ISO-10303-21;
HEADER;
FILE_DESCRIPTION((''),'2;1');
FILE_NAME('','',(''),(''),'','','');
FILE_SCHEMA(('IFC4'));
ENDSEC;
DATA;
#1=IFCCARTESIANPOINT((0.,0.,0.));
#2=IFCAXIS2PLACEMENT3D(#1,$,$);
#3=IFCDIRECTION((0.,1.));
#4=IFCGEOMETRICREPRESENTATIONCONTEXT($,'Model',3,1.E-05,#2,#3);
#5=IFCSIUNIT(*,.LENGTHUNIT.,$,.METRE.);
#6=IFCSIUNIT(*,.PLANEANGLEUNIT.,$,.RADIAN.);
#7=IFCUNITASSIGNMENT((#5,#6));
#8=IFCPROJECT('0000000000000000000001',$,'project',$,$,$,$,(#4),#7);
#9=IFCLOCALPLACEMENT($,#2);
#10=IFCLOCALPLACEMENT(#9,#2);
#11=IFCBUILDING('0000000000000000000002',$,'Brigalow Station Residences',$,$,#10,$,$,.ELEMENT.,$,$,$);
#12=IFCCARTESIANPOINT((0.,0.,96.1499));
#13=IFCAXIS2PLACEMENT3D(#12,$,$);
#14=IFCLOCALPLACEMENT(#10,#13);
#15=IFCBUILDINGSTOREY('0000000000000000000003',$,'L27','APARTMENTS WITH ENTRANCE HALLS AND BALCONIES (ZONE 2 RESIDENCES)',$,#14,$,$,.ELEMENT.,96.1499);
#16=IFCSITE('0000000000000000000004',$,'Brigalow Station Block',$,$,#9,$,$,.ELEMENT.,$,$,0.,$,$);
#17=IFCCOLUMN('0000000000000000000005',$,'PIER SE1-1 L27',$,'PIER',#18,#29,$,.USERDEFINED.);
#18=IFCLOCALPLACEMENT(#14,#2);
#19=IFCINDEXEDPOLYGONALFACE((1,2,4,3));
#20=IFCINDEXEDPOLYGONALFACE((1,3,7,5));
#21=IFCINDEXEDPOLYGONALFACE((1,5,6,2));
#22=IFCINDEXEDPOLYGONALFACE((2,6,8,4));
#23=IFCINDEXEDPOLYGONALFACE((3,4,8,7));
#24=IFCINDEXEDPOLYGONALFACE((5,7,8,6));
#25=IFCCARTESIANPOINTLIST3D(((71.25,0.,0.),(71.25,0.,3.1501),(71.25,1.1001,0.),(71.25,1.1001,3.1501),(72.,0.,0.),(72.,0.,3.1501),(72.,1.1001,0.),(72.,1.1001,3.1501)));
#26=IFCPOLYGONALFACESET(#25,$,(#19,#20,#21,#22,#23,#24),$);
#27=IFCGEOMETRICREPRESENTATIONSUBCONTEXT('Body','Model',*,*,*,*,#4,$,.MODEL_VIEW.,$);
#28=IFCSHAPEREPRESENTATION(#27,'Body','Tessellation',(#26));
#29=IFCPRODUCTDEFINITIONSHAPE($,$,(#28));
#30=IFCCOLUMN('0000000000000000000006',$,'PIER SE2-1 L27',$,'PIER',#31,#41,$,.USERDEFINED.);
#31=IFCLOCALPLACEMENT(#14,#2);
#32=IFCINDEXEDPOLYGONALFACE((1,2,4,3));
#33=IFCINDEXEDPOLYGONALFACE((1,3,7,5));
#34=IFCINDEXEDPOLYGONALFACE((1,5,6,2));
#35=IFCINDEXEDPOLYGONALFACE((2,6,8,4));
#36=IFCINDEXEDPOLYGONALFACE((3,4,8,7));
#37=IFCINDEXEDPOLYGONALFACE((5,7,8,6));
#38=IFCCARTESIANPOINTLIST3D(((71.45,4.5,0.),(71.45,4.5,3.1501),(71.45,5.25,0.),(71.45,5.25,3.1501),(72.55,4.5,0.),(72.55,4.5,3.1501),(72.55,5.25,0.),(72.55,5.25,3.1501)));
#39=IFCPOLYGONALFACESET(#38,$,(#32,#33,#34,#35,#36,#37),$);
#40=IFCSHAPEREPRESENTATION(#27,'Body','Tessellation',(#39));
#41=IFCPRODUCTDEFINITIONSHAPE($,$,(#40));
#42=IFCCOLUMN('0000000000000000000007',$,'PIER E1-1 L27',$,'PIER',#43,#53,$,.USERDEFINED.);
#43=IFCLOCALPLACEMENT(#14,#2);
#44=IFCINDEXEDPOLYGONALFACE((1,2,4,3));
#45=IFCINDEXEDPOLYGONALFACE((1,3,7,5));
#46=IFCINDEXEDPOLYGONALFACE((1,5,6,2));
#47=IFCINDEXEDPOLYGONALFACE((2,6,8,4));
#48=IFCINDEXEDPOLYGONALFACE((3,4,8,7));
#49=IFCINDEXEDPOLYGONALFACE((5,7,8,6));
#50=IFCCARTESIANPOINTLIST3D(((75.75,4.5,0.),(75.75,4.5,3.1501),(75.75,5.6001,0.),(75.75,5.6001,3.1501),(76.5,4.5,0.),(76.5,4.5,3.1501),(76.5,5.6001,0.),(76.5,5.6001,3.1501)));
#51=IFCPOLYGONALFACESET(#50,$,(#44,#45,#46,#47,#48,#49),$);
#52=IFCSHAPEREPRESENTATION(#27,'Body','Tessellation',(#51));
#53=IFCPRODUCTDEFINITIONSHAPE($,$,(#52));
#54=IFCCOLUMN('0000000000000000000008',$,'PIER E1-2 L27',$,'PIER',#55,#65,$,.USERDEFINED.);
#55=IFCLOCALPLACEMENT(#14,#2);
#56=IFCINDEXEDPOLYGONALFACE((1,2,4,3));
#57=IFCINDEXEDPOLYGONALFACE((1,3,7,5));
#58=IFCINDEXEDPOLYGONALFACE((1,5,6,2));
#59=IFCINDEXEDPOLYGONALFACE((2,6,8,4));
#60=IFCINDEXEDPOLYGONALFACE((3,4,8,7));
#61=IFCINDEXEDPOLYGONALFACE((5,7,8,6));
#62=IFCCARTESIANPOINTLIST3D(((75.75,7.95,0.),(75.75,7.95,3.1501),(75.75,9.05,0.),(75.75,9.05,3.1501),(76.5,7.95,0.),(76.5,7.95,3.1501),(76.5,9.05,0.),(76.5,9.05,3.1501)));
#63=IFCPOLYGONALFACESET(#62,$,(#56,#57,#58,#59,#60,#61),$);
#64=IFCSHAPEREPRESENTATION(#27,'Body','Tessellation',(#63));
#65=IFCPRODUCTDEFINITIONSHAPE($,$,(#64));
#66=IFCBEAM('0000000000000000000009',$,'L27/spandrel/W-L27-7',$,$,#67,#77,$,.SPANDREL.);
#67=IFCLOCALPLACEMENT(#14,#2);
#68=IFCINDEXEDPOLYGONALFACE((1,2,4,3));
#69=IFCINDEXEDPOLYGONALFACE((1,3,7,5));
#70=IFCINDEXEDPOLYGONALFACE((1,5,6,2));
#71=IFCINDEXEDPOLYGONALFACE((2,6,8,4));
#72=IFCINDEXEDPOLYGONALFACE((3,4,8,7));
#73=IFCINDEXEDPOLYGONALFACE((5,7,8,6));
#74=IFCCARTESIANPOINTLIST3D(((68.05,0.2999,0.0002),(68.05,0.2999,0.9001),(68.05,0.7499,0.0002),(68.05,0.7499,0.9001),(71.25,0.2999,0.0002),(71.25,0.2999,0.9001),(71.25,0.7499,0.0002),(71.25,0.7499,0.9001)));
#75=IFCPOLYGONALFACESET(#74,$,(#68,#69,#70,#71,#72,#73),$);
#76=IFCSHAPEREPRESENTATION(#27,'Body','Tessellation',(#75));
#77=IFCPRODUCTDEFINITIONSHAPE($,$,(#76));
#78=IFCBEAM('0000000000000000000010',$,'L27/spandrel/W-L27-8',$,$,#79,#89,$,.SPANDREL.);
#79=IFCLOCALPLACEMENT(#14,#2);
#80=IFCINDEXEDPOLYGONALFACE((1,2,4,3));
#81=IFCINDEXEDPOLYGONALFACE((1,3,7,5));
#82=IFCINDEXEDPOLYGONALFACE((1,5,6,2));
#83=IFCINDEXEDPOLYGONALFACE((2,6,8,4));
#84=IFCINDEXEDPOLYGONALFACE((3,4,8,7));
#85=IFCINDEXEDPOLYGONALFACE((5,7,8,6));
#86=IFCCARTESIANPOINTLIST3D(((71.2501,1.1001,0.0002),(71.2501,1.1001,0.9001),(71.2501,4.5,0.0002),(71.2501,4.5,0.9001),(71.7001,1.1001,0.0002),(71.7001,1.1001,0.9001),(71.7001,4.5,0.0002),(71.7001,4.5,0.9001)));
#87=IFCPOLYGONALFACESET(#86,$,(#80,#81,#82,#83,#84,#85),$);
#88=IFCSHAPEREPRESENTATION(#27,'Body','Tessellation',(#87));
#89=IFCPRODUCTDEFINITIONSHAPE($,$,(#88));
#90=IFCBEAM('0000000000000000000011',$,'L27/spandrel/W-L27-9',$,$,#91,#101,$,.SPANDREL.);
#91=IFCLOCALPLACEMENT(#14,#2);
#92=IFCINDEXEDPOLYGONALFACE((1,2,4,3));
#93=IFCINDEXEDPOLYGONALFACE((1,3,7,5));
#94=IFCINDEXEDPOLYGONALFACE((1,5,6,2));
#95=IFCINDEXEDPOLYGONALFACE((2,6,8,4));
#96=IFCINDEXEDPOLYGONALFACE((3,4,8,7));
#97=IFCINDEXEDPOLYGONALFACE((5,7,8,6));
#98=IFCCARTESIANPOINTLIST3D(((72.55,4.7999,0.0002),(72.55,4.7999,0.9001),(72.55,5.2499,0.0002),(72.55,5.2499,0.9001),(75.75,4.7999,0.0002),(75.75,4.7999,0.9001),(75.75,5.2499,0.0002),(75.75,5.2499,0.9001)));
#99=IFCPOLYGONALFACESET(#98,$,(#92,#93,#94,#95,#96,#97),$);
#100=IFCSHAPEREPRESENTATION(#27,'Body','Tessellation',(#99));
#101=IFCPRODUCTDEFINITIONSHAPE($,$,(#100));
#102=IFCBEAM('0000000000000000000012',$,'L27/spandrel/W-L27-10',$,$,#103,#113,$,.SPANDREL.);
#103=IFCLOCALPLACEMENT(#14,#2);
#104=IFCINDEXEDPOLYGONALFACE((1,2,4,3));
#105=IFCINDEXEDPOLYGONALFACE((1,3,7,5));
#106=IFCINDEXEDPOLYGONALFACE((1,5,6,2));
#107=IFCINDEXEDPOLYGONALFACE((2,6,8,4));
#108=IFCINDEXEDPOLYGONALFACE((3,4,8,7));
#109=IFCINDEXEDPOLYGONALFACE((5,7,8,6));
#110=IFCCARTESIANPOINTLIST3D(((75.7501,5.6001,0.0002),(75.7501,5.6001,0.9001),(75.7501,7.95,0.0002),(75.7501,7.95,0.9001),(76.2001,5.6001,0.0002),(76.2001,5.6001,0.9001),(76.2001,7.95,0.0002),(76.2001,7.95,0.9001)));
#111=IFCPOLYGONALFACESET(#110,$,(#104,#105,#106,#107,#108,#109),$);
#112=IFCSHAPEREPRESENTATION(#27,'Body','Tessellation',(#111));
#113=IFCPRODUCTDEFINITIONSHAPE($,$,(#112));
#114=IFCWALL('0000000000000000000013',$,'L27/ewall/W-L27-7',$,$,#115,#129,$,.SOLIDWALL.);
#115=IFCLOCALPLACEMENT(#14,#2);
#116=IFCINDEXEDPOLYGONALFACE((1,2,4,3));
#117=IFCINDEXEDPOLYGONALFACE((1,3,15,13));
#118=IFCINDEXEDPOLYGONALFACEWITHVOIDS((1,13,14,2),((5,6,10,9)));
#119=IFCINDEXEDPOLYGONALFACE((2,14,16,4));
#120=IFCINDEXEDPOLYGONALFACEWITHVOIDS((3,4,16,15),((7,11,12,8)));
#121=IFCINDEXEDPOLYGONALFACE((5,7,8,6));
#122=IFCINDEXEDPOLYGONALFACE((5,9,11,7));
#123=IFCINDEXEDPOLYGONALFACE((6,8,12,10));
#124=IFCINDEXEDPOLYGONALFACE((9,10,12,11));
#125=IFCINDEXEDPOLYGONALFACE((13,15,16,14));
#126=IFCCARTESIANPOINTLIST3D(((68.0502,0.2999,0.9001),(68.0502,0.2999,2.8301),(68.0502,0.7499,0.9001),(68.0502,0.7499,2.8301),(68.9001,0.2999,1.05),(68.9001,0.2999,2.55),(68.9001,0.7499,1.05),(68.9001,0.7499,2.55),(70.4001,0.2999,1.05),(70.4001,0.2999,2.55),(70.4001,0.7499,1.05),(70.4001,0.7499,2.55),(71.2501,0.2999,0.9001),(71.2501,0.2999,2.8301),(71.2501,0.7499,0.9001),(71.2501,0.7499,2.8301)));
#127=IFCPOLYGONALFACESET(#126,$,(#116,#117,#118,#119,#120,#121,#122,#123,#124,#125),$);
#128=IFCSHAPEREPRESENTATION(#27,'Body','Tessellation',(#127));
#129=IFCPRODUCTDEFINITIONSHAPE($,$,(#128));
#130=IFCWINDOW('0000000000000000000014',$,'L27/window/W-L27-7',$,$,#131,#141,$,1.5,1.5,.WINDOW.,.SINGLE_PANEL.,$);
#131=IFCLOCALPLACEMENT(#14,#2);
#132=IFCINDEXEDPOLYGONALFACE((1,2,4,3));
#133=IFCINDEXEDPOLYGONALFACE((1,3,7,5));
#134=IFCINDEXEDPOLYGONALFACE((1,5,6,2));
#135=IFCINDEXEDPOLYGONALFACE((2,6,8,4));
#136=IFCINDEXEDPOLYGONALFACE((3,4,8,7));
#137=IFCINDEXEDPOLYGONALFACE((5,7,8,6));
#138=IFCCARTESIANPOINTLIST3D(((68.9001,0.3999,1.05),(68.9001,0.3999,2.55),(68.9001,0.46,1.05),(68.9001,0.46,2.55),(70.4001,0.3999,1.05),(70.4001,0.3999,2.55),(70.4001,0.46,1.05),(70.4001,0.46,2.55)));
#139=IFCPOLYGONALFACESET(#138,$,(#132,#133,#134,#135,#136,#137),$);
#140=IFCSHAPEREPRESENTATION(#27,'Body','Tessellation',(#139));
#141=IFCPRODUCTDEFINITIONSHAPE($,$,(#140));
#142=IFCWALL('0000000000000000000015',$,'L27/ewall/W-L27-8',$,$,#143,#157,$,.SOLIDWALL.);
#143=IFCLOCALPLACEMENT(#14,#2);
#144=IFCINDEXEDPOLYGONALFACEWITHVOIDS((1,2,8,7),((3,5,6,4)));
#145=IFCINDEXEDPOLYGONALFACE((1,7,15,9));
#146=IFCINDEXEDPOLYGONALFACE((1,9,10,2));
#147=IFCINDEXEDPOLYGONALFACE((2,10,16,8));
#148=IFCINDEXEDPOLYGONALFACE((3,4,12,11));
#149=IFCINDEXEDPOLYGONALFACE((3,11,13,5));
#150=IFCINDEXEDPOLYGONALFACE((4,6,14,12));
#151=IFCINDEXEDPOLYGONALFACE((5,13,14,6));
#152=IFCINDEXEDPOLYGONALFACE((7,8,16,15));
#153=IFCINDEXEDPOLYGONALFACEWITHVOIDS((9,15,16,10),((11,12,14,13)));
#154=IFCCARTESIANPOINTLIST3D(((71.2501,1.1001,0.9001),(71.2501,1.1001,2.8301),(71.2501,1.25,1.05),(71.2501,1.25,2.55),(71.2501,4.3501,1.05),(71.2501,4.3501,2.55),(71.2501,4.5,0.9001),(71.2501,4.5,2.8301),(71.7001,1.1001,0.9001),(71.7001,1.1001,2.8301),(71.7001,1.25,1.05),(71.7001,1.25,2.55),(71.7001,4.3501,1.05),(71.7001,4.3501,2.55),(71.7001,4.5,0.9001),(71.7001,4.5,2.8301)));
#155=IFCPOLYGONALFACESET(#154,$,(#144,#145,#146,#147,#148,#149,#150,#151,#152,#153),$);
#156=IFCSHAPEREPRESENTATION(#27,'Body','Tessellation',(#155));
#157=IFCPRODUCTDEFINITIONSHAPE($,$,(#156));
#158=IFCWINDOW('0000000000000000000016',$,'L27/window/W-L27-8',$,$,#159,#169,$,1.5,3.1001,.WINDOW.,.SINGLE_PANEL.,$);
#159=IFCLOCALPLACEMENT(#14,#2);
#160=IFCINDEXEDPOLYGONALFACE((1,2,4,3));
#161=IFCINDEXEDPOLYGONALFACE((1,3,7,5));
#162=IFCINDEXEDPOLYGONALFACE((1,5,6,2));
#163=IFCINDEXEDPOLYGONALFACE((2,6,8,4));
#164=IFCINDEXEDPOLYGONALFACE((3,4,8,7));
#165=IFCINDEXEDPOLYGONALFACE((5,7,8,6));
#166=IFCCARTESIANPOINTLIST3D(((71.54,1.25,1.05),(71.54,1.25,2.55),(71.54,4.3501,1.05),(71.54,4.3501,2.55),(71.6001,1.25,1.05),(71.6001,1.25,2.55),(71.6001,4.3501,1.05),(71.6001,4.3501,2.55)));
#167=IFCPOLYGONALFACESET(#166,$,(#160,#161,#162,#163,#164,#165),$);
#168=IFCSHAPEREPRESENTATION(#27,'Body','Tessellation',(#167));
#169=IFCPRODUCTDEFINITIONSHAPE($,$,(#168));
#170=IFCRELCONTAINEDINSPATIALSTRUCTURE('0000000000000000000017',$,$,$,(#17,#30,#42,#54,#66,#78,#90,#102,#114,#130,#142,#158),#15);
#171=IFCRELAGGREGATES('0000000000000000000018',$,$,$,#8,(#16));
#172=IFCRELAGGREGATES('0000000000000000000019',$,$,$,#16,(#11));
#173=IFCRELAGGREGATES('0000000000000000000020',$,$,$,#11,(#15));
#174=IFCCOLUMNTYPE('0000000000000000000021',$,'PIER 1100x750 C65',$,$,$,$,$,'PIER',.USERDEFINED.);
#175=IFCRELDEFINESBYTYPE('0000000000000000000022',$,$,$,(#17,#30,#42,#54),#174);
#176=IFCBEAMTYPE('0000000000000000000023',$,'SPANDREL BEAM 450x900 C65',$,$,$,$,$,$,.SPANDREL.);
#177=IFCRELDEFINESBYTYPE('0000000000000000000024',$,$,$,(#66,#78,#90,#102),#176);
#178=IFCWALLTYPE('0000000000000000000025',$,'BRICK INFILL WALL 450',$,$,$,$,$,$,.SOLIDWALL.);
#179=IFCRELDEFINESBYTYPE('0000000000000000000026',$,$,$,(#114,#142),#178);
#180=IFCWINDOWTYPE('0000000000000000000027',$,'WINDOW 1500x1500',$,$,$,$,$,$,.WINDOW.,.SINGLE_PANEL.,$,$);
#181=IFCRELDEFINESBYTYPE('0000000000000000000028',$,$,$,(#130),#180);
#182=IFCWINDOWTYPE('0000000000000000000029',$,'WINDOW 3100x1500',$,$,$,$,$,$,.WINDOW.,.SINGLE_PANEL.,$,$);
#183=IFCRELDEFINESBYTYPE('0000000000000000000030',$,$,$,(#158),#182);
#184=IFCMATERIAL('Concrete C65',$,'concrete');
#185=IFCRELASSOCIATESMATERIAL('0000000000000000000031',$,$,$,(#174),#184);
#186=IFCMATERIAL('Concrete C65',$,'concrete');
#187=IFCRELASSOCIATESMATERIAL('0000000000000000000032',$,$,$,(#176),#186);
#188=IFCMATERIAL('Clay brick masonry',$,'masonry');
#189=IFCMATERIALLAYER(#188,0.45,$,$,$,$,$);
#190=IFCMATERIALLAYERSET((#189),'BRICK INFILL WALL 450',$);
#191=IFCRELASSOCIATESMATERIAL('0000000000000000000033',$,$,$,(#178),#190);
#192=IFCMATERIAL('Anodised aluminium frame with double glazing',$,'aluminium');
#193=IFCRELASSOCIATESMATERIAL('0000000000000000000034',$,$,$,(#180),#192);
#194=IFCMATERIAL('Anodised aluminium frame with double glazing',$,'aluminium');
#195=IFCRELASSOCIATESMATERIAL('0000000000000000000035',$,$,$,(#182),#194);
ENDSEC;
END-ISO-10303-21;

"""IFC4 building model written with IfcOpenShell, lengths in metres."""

from ifc_helpers import new_model, si_unit, direction, frame, frame_2d, origin, origin_2d, place, context, subcontext, project, spatial, rectangle, extrude, material, layer, layer_set, material_profile, profile_set, type_object, element, fill, save


model = new_model("IFC4")

# Units and contexts
model_context = context("Model", 3, precision=1e-05, world=origin(), true_north=direction((0.0, 1.0)))
body_context = subcontext(model_context, "Body", "Model", "MODEL_VIEW")
ifc_project = project(units=[si_unit("LENGTHUNIT", "METRE"), si_unit("PLANEANGLEUNIT", "RADIAN")], contexts=[model_context])

# Site, building, storey
site_placement = place(None, origin())
site = spatial("IfcSite", under=ifc_project, at=site_placement, Name="Brigalow Station Block", CompositionType="ELEMENT", RefElevation=0.0)
building_placement = place(site_placement, origin())
building = spatial("IfcBuilding", under=site, at=building_placement, Name="Brigalow Station Residences", CompositionType="ELEMENT")
storey_placement = place(building_placement, frame((0.0, 0.0, 96.1499)))
storey = spatial("IfcBuildingStorey", under=building, at=storey_placement, Name="L27", Description="APARTMENTS WITH ENTRANCE HALLS AND BALCONIES (ZONE 2 RESIDENCES)", CompositionType="ELEMENT", Elevation=96.1499)

# Columns
ifc_material_1 = material(Name="Concrete C65", Category="concrete")
ifc_material_profile_1 = material_profile(ifc_material_1, rectangle(XDim=1.1001, YDim=0.75, at=origin_2d()), Name="RC1100x750")
ifc_profile_set_1 = profile_set([ifc_material_profile_1], Name="Concrete C65")
column_type = type_object("IfcColumnType", Name="PIER 1100x750 C65", ElementType="PIER", PredefinedType="USERDEFINED", material=ifc_profile_set_1)
for number, where, z_axis, x_axis, name in (
    (1, (71.625, 0.55, 0.0), (0.0, 0.0, 1.0), (0.0, 1.0, 0.0), "PIER SE1-1 L27"),
    (2, (72.0, 4.875, 0.0), (0.0, 0.0, 1.0), (1.0, 0.0, 0.0), "PIER SE2-1 L27"),
    (3, (76.125, 5.05, 0.0), (0.0, 0.0, 1.0), (0.0, 1.0, 0.0), "PIER E1-1 L27"),
    (4, (76.125, 8.5, 0.0), (0.0, 0.0, 1.0), (0.0, 1.0, 0.0), "PIER E1-2 L27"),
):
    element("IfcColumn", number, at=place(storey_placement, frame(where, z_axis=z_axis, x_axis=x_axis)), inside=storey, type_object=column_type, Name=name, ObjectType="PIER", PredefinedType="USERDEFINED", context=body_context, shape_type="SweptSolid", body=[
        extrude(rectangle(XDim=1.1001, YDim=0.75, at=origin_2d()), origin(), (0.0, 0.0, 1.0), 3.1501),
    ])

# Beams
ifc_material_2 = material(Name="Concrete C65", Category="concrete")
ifc_material_profile_2 = material_profile(ifc_material_2, rectangle(XDim=0.45, YDim=0.8999, at=origin_2d()), Name="RC450x900")
ifc_profile_set_2 = profile_set([ifc_material_profile_2], Name="Concrete C65")
beam_type = type_object("IfcBeamType", Name="SPANDREL BEAM 450x900 C65", PredefinedType="SPANDREL", material=ifc_profile_set_2)
beam_1_placement = place(storey_placement, frame((68.05, 0.5249, 0.4502), z_axis=(1.0, 0.0, 0.0), x_axis=(0.0, 1.0, 0.0)))
element("IfcBeam", 5, at=beam_1_placement, inside=storey, type_object=beam_type, Name="L27/spandrel/W-L27-7", PredefinedType="SPANDREL", context=body_context, shape_type="SweptSolid", body=[
    extrude(rectangle(XDim=0.45, YDim=0.8999, at=origin_2d()), origin(), (0.0, 0.0, 1.0), 3.2),
])
beam_2_placement = place(storey_placement, frame((71.4751, 1.1001, 0.4502), z_axis=(0.0, 1.0, 0.0), x_axis=(-1.0, 0.0, 0.0)))
element("IfcBeam", 6, at=beam_2_placement, inside=storey, type_object=beam_type, Name="L27/spandrel/W-L27-8", PredefinedType="SPANDREL", context=body_context, shape_type="SweptSolid", body=[
    extrude(rectangle(XDim=0.45, YDim=0.8999, at=origin_2d()), origin(), (0.0, 0.0, 1.0), 3.3999),
])
beam_3_placement = place(storey_placement, frame((72.55, 5.0249, 0.4502), z_axis=(1.0, 0.0, 0.0), x_axis=(0.0, 1.0, 0.0)))
element("IfcBeam", 7, at=beam_3_placement, inside=storey, type_object=beam_type, Name="L27/spandrel/W-L27-9", PredefinedType="SPANDREL", context=body_context, shape_type="SweptSolid", body=[
    extrude(rectangle(XDim=0.45, YDim=0.8999, at=origin_2d()), origin(), (0.0, 0.0, 1.0), 3.2),
])
beam_4_placement = place(storey_placement, frame((75.9751, 5.6001, 0.4502), z_axis=(0.0, 1.0, 0.0), x_axis=(-1.0, 0.0, 0.0)))
element("IfcBeam", 8, at=beam_4_placement, inside=storey, type_object=beam_type, Name="L27/spandrel/W-L27-10", PredefinedType="SPANDREL", context=body_context, shape_type="SweptSolid", body=[
    extrude(rectangle(XDim=0.45, YDim=0.8999, at=origin_2d()), origin(), (0.0, 0.0, 1.0), 2.3499),
])

# Walls, openings, windows
ifc_material_3 = material(Name="Clay brick masonry", Category="masonry")
ifc_layer_1 = layer(ifc_material_3, 0.45)
ifc_layer_set_1 = layer_set([ifc_layer_1], Name="BRICK INFILL WALL 450")
wall_type_1 = type_object("IfcWallType", Name="BRICK INFILL WALL 450", PredefinedType="SOLIDWALL", material=ifc_layer_set_1)
wall_1_placement = place(storey_placement, frame((68.05, 0.5249, 0.9001), z_axis=(0.0, 0.0, 1.0), x_axis=(1.0, 0.0, 0.0)))
wall_1 = element("IfcWall", 9, at=wall_1_placement, inside=storey, type_object=wall_type_1, Name="L27/ewall/W-L27-7", PredefinedType="SOLIDWALL", context=body_context, shape_type="SweptSolid", body=[
    extrude(rectangle(XDim=3.2, YDim=0.45, at=frame_2d((1.6001, 0.0))), origin(), (0.0, 0.0, 1.0), 1.9299),
])
opening_1_placement = place(wall_1_placement, frame((0.8501, 0.0, 0.1499)))
opening_1 = element("IfcOpeningElement", 10, at=opening_1_placement, cuts=wall_1, PredefinedType="OPENING", context=body_context, shape_type="SweptSolid", body=[
    extrude(rectangle(XDim=1.5, YDim=1.5, at=frame_2d((0.75, 0.75))), frame((0.0, 0.2349, 0.0), z_axis=(0.0, -1.0, 0.0), x_axis=(1.0, 0.0, 0.0)), (0.0, 0.0, 1.0), 0.47),
])
ifc_material_4 = material(Name="Anodised aluminium frame with double glazing", Category="aluminium")
window_type_1 = type_object("IfcWindowType", Name="WINDOW 1500x1500", PartitioningType="SINGLE_PANEL", PredefinedType="WINDOW", material=ifc_material_4)
window_1_placement = place(opening_1_placement, origin())
window_1 = element("IfcWindow", 11, at=window_1_placement, inside=storey, type_object=window_type_1, Name="L27/window/W-L27-7", OverallHeight=1.5, OverallWidth=1.5, PartitioningType="SINGLE_PANEL", PredefinedType="WINDOW", context=body_context, shape_type="SweptSolid", body=[
    extrude(rectangle(XDim=1.5, YDim=1.5, at=frame_2d((0.75, 0.75))), frame((0.0, -0.0649, 0.0), z_axis=(0.0, -1.0, 0.0), x_axis=(1.0, 0.0, 0.0)), (0.0, 0.0, 1.0), 0.0601),
])
fill(opening_1, window_1)
wall_2_placement = place(storey_placement, frame((71.4751, 1.1001, 0.9001), z_axis=(0.0, 0.0, 1.0), x_axis=(0.0, 1.0, 0.0)))
wall_2 = element("IfcWall", 12, at=wall_2_placement, inside=storey, type_object=wall_type_1, Name="L27/ewall/W-L27-8", PredefinedType="SOLIDWALL", context=body_context, shape_type="SweptSolid", body=[
    extrude(rectangle(XDim=3.3999, YDim=0.45, at=frame_2d((1.7, 0.0))), origin(), (0.0, 0.0, 1.0), 1.9299),
])
opening_2_placement = place(wall_2_placement, frame((0.1499, 0.0, 0.1499)))
opening_2 = element("IfcOpeningElement", 13, at=opening_2_placement, cuts=wall_2, PredefinedType="OPENING", context=body_context, shape_type="SweptSolid", body=[
    extrude(rectangle(XDim=3.1001, YDim=1.5, at=frame_2d((1.55, 0.75))), frame((0.0, 0.2349, 0.0), z_axis=(0.0, -1.0, 0.0), x_axis=(1.0, 0.0, 0.0)), (0.0, 0.0, 1.0), 0.47),
])
ifc_material_5 = material(Name="Anodised aluminium frame with double glazing", Category="aluminium")
window_type_2 = type_object("IfcWindowType", Name="WINDOW 3100x1500", PartitioningType="SINGLE_PANEL", PredefinedType="WINDOW", material=ifc_material_5)
window_2_placement = place(opening_2_placement, origin())
window_2 = element("IfcWindow", 14, at=window_2_placement, inside=storey, type_object=window_type_2, Name="L27/window/W-L27-8", OverallHeight=1.5, OverallWidth=3.1001, PartitioningType="SINGLE_PANEL", PredefinedType="WINDOW", context=body_context, shape_type="SweptSolid", body=[
    extrude(rectangle(XDim=3.1001, YDim=1.5, at=frame_2d((1.55, 0.75))), frame((0.0, -0.0649, 0.0), z_axis=(0.0, -1.0, 0.0), x_axis=(1.0, 0.0, 0.0)), (0.0, 0.0, 1.0), 0.0601),
])
fill(opening_2, window_2)

save(model, "model.ifc")
